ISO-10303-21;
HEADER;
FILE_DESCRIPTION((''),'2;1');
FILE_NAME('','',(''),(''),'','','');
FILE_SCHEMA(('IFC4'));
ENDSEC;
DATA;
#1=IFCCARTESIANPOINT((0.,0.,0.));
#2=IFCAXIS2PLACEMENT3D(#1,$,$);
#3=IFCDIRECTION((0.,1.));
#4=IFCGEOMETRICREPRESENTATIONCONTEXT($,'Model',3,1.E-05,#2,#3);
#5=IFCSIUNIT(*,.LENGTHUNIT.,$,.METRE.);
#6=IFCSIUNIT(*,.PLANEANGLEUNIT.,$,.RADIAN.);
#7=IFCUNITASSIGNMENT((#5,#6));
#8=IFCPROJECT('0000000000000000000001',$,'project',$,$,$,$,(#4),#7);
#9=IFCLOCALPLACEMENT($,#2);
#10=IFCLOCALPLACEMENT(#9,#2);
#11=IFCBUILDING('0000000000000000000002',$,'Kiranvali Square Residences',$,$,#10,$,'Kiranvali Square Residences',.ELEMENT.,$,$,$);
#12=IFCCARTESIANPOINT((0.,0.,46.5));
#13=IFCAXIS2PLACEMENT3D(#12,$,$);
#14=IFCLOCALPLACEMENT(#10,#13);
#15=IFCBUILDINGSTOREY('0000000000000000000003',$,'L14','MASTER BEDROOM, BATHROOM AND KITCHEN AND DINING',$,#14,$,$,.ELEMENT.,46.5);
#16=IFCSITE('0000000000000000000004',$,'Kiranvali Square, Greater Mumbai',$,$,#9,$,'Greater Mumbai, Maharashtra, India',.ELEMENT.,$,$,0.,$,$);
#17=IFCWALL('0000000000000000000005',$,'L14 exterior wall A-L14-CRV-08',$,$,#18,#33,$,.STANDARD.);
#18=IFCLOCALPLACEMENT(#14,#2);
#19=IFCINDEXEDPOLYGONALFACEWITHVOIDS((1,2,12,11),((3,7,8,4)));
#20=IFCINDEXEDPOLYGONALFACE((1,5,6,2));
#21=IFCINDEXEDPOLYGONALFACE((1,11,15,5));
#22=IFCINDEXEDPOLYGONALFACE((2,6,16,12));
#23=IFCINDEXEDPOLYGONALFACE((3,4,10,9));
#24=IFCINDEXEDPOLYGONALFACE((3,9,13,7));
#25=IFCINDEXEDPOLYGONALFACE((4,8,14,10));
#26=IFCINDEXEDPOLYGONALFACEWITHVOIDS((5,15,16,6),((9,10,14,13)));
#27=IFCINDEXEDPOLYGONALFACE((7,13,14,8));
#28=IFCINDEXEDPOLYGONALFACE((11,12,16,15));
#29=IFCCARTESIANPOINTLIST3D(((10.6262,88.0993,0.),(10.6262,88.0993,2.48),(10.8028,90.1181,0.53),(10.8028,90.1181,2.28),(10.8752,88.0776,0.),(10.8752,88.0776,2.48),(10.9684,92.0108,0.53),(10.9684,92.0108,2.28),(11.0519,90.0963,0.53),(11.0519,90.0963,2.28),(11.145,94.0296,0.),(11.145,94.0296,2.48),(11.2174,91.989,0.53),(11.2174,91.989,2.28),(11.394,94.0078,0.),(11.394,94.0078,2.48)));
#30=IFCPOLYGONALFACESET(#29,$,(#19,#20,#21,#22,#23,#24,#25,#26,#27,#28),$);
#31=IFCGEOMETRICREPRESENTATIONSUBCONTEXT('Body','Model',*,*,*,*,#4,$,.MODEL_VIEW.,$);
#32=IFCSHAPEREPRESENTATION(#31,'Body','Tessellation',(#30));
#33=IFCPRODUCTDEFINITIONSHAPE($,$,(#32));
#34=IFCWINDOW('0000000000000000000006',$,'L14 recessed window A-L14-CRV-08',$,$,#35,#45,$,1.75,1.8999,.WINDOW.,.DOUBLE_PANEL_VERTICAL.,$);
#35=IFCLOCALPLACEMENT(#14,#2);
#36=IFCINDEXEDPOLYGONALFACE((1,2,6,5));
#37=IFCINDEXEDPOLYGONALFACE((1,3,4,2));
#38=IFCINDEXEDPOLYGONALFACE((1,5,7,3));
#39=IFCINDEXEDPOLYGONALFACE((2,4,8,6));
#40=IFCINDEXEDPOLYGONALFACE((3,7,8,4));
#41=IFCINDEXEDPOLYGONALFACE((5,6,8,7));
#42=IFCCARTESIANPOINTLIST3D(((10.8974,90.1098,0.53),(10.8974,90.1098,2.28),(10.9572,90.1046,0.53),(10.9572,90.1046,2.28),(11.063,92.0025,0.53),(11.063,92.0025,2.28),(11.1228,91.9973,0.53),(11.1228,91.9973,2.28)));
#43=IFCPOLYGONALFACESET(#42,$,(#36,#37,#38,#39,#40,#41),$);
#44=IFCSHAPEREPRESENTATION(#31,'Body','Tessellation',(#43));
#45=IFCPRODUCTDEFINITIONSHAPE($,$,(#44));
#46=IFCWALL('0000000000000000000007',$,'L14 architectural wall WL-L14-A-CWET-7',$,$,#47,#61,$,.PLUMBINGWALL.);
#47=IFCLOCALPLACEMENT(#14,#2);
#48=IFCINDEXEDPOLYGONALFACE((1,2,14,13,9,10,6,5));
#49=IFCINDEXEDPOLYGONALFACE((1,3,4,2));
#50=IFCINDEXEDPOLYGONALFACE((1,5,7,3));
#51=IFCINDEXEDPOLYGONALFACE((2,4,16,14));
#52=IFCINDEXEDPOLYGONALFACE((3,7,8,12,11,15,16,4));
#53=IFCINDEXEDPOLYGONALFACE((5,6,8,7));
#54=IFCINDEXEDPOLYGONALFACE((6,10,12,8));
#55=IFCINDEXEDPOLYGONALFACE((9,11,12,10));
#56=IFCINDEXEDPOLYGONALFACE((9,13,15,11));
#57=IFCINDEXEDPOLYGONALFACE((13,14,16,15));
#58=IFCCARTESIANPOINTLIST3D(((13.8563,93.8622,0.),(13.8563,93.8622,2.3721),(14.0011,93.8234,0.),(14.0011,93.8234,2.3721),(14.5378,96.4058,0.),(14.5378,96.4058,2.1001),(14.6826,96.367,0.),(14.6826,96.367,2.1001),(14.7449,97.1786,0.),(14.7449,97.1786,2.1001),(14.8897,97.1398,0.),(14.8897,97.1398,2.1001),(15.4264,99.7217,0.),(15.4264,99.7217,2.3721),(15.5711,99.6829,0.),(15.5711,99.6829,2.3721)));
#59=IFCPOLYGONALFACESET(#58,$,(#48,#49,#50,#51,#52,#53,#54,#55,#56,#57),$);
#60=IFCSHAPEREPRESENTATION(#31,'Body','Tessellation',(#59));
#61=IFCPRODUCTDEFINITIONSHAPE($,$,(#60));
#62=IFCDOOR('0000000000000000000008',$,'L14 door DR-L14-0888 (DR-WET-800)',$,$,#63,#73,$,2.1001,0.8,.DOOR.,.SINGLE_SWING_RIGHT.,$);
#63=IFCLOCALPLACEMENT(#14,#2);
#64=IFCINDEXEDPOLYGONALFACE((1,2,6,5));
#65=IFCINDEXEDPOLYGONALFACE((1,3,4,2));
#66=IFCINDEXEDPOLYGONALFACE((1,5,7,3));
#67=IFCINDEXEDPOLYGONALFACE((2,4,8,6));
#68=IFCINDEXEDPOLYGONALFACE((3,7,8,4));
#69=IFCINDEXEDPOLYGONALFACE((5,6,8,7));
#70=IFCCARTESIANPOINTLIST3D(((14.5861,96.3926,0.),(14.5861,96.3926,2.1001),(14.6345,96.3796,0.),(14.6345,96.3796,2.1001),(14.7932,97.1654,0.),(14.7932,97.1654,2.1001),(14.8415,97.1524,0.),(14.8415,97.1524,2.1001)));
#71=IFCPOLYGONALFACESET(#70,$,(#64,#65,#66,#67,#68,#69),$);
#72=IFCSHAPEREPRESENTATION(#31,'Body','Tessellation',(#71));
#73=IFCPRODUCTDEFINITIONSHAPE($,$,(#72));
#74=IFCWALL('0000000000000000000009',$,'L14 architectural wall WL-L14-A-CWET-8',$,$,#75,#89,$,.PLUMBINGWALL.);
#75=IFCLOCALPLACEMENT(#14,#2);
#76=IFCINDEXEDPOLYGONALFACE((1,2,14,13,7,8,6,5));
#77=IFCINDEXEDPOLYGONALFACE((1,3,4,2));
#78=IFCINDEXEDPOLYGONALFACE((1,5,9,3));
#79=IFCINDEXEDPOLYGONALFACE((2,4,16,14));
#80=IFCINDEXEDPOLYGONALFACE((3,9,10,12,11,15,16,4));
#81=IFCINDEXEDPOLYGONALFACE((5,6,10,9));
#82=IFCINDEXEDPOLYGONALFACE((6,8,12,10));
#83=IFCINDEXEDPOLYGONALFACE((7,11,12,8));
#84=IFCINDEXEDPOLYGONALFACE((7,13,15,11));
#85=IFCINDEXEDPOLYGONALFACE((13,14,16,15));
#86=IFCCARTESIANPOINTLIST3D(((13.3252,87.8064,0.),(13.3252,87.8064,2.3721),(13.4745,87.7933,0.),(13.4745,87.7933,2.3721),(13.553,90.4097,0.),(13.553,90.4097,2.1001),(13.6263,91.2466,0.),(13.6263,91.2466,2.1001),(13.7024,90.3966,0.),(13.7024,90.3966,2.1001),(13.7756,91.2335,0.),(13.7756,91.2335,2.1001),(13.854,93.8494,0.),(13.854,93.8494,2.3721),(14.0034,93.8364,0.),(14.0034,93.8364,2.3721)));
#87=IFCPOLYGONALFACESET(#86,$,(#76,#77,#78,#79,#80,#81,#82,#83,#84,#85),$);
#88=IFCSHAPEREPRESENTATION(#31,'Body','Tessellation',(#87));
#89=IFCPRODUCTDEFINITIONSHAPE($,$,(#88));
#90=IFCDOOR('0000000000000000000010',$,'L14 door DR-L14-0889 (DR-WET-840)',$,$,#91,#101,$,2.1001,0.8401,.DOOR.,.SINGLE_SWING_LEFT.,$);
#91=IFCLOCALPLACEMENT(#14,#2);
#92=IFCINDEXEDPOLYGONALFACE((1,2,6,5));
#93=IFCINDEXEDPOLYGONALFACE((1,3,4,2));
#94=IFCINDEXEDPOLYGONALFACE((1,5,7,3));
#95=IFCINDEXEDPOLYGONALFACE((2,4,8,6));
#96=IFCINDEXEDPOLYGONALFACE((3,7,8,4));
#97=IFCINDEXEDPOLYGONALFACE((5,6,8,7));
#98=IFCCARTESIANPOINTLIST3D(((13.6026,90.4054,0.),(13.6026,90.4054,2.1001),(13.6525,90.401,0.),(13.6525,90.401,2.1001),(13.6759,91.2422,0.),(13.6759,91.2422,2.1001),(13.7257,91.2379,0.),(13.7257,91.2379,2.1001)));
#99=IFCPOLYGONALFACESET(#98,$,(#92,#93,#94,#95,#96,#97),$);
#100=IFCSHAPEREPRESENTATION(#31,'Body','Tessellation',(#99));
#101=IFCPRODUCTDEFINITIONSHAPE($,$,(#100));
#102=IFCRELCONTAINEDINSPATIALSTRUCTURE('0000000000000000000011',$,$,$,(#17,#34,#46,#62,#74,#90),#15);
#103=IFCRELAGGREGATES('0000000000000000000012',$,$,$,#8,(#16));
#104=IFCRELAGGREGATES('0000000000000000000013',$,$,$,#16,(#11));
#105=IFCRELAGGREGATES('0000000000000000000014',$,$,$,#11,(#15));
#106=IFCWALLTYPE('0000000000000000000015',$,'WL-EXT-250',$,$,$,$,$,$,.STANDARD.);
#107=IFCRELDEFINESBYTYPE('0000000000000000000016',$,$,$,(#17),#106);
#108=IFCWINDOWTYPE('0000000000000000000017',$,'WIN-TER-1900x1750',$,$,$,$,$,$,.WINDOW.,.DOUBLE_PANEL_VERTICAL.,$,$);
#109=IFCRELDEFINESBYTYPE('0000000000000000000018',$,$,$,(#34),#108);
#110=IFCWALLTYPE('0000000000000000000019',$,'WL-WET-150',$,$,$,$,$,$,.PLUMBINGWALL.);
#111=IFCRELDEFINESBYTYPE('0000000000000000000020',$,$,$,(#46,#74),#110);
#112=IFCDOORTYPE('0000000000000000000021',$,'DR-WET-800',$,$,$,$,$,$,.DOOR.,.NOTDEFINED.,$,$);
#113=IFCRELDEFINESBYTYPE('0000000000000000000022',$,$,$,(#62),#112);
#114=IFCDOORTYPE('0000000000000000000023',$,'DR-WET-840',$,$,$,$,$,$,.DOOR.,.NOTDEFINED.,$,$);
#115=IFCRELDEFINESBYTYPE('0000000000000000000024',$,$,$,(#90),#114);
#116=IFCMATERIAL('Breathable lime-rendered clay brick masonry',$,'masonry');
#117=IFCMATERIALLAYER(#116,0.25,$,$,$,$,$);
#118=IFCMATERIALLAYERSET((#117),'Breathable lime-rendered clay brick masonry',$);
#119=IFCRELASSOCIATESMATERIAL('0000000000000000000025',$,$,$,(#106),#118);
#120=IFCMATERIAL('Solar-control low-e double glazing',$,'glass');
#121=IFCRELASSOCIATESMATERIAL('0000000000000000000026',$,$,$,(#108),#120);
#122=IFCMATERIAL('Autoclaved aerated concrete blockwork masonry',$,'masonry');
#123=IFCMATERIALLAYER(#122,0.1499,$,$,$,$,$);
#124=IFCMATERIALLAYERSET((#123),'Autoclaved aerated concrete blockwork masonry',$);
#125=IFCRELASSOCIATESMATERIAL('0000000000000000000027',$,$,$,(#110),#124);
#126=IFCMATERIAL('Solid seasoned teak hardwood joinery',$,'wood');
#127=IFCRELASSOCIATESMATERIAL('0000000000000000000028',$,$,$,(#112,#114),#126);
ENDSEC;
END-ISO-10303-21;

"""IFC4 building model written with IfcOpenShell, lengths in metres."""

from ifc_helpers import new_model, si_unit, direction, frame, frame_2d, origin, place, context, subcontext, project, spatial, rectangle, extrude, material, layer, layer_set, type_object, element, fill, save


model = new_model("IFC4")

# Units and contexts
model_context = context("Model", 3, precision=1e-05, world=origin(), true_north=direction((0.0, 1.0)))
body_context = subcontext(model_context, "Body", "Model", "MODEL_VIEW")
ifc_project = project(units=[si_unit("LENGTHUNIT", "METRE"), si_unit("PLANEANGLEUNIT", "RADIAN")], contexts=[model_context])

# Site, building, storey
site_placement = place(None, origin())
site = spatial("IfcSite", under=ifc_project, at=site_placement, Name="Kiranvali Square, Greater Mumbai", LongName="Greater Mumbai, Maharashtra, India", CompositionType="ELEMENT", RefElevation=0.0)
building_placement = place(site_placement, origin())
building = spatial("IfcBuilding", under=site, at=building_placement, Name="Kiranvali Square Residences", LongName="Kiranvali Square Residences", CompositionType="ELEMENT")
storey_placement = place(building_placement, frame((0.0, 0.0, 46.5)))
storey = spatial("IfcBuildingStorey", under=building, at=storey_placement, Name="L14", Description="MASTER BEDROOM, BATHROOM AND KITCHEN AND DINING", CompositionType="ELEMENT", Elevation=46.5)

# Shared definitions
ifc_material_1 = material(Name="Autoclaved aerated concrete blockwork masonry", Category="masonry")

# Shared definitions
ifc_material_2 = material(Name="Breathable lime-rendered clay brick masonry", Category="masonry")
ifc_layer_1 = layer(ifc_material_2, 0.25)
ifc_layer_set_1 = layer_set([ifc_layer_1], Name="Breathable lime-rendered clay brick masonry")
wall_type_1 = type_object("IfcWallType", Name="WL-EXT-250", PredefinedType="STANDARD", material=ifc_layer_set_1)
ifc_material_3 = material(Name="Solar-control low-e double glazing", Category="glass")

# Wall, opening, window
wall_1_placement = place(storey_placement, frame((11.2695, 94.0188, 0.0), z_axis=(0.0, 0.0, 1.0), x_axis=(-0.087152, -0.996195, 0.0)))
wall_1 = element("IfcWall", 1, at=wall_1_placement, inside=storey, type_object=wall_type_1, Name="L14 exterior wall A-L14-CRV-08", PredefinedType="STANDARD", context=body_context, shape_type="SweptSolid", body=[
    extrude(rectangle(XDim=5.9529, YDim=0.25, at=frame_2d((2.9766, 0.0))), origin(), (0.0, 0.0, 1.0), 2.48),
])
opening_1_placement = place(wall_1_placement, frame((2.0266, 0.0, 0.53)))
opening_1 = element("IfcOpeningElement", 2, at=opening_1_placement, cuts=wall_1, PredefinedType="OPENING", context=body_context, shape_type="SweptSolid", body=[
    extrude(rectangle(XDim=1.8999, YDim=1.75, at=frame_2d((0.95, 0.875))), frame((0.0, 0.135, 0.0), z_axis=(0.0, -1.0, 0.0), x_axis=(1.0, 0.0, 0.0)), (0.0, 0.0, 1.0), 0.27),
])
window_type_1 = type_object("IfcWindowType", Name="WIN-TER-1900x1750", PartitioningType="DOUBLE_PANEL_VERTICAL", PredefinedType="WINDOW", material=ifc_material_3)
window_1_placement = place(opening_1_placement, origin())
window_1 = element("IfcWindow", 3, at=window_1_placement, inside=storey, type_object=window_type_1, Name="L14 recessed window A-L14-CRV-08", OverallHeight=1.75, OverallWidth=1.8999, PartitioningType="DOUBLE_PANEL_VERTICAL", PredefinedType="WINDOW", context=body_context, shape_type="SweptSolid", body=[
    extrude(rectangle(XDim=1.8999, YDim=1.75, at=frame_2d((0.95, 0.875))), frame((0.0, 0.03, 0.0), z_axis=(0.0, -1.0, 0.0), x_axis=(1.0, 0.0, 0.0)), (0.0, 0.0, 1.0), 0.0601),
])
fill(opening_1, window_1)

# Walls, openings, doors
ifc_layer_2 = layer(ifc_material_1, 0.1499)
ifc_layer_set_2 = layer_set([ifc_layer_2], Name="Autoclaved aerated concrete blockwork masonry")
wall_type_2 = type_object("IfcWallType", Name="WL-WET-150", PredefinedType="PLUMBINGWALL", material=ifc_layer_set_2)
wall_2_placement = place(storey_placement, frame((15.4988, 99.7024, 0.0), z_axis=(0.0, 0.0, 1.0), x_axis=(-0.258827, -0.965924, 0.0)))
wall_2 = element("IfcWall", 4, at=wall_2_placement, inside=storey, type_object=wall_type_2, Name="L14 architectural wall WL-L14-A-CWET-7", PredefinedType="PLUMBINGWALL", context=body_context, shape_type="SweptSolid", body=[
    extrude(rectangle(XDim=6.0662, YDim=0.1499, at=frame_2d((3.0332, 0.0))), origin(), (0.0, 0.0, 1.0), 2.3721),
])
opening_2_placement = place(wall_2_placement, frame((2.6331, 0.0, 0.0)))
opening_2 = element("IfcOpeningElement", 5, at=opening_2_placement, cuts=wall_2, PredefinedType="OPENING", context=body_context, shape_type="SweptSolid", body=[
    extrude(rectangle(XDim=0.8, YDim=2.1001, at=frame_2d((0.3999, 1.05))), frame((0.0, 0.085, 0.0), z_axis=(0.0, -1.0, 0.0), x_axis=(1.0, 0.0, 0.0)), (0.0, 0.0, 1.0), 0.1699),
])
ifc_material_4 = material(Name="Solid seasoned teak hardwood joinery", Category="wood")
door_type_1 = type_object("IfcDoorType", Name="DR-WET-800", OperationType="NOTDEFINED", PredefinedType="DOOR", material=ifc_material_4)
door_1_placement = place(opening_2_placement, frame((0.8, 0.0, 0.0), z_axis=(0.0, 0.0, 1.0), x_axis=(-1.0, 0.0, 0.0)))
door_1 = element("IfcDoor", 6, at=door_1_placement, inside=storey, type_object=door_type_1, Name="L14 door DR-L14-0888 (DR-WET-800)", OperationType="SINGLE_SWING_RIGHT", OverallHeight=2.1001, OverallWidth=0.8, PredefinedType="DOOR", context=body_context, shape_type="SweptSolid", body=[
    extrude(rectangle(XDim=0.8, YDim=2.1001, at=frame_2d((0.3999, 1.05))), frame((0.0, 0.0249, 0.0), z_axis=(0.0, -1.0, 0.0), x_axis=(1.0, 0.0, 0.0)), (0.0, 0.0, 1.0), 0.05),
])
fill(opening_2, door_1)
wall_3_placement = place(storey_placement, frame((13.9287, 93.843, 0.0), z_axis=(0.0, 0.0, 1.0), x_axis=(-0.087175, -0.996193, 0.0)))
wall_3 = element("IfcWall", 7, at=wall_3_placement, inside=storey, type_object=wall_type_2, Name="L14 architectural wall WL-L14-A-CWET-8", PredefinedType="PLUMBINGWALL", context=body_context, shape_type="SweptSolid", body=[
    extrude(rectangle(XDim=6.0662, YDim=0.1499, at=frame_2d((3.0332, 0.0))), origin(), (0.0, 0.0, 1.0), 2.3721),
])
opening_3_placement = place(wall_3_placement, frame((2.613, 0.0, 0.0)))
opening_3 = element("IfcOpeningElement", 8, at=opening_3_placement, cuts=wall_3, PredefinedType="OPENING", context=body_context, shape_type="SweptSolid", body=[
    extrude(rectangle(XDim=0.8401, YDim=2.1001, at=frame_2d((0.4199, 1.05))), frame((0.0, 0.085, 0.0), z_axis=(0.0, -1.0, 0.0), x_axis=(1.0, 0.0, 0.0)), (0.0, 0.0, 1.0), 0.1699),
])
door_type_2 = type_object("IfcDoorType", Name="DR-WET-840", OperationType="NOTDEFINED", PredefinedType="DOOR", material=ifc_material_4)
door_2_placement = place(opening_3_placement, origin())
door_2 = element("IfcDoor", 9, at=door_2_placement, inside=storey, type_object=door_type_2, Name="L14 door DR-L14-0889 (DR-WET-840)", OperationType="SINGLE_SWING_LEFT", OverallHeight=2.1001, OverallWidth=0.8401, PredefinedType="DOOR", context=body_context, shape_type="SweptSolid", body=[
    extrude(rectangle(XDim=0.8401, YDim=2.1001, at=frame_2d((0.4199, 1.05))), frame((0.0, 0.0249, 0.0), z_axis=(0.0, -1.0, 0.0), x_axis=(1.0, 0.0, 0.0)), (0.0, 0.0, 1.0), 0.05),
])
fill(opening_3, door_2)

save(model, "model.ifc")
